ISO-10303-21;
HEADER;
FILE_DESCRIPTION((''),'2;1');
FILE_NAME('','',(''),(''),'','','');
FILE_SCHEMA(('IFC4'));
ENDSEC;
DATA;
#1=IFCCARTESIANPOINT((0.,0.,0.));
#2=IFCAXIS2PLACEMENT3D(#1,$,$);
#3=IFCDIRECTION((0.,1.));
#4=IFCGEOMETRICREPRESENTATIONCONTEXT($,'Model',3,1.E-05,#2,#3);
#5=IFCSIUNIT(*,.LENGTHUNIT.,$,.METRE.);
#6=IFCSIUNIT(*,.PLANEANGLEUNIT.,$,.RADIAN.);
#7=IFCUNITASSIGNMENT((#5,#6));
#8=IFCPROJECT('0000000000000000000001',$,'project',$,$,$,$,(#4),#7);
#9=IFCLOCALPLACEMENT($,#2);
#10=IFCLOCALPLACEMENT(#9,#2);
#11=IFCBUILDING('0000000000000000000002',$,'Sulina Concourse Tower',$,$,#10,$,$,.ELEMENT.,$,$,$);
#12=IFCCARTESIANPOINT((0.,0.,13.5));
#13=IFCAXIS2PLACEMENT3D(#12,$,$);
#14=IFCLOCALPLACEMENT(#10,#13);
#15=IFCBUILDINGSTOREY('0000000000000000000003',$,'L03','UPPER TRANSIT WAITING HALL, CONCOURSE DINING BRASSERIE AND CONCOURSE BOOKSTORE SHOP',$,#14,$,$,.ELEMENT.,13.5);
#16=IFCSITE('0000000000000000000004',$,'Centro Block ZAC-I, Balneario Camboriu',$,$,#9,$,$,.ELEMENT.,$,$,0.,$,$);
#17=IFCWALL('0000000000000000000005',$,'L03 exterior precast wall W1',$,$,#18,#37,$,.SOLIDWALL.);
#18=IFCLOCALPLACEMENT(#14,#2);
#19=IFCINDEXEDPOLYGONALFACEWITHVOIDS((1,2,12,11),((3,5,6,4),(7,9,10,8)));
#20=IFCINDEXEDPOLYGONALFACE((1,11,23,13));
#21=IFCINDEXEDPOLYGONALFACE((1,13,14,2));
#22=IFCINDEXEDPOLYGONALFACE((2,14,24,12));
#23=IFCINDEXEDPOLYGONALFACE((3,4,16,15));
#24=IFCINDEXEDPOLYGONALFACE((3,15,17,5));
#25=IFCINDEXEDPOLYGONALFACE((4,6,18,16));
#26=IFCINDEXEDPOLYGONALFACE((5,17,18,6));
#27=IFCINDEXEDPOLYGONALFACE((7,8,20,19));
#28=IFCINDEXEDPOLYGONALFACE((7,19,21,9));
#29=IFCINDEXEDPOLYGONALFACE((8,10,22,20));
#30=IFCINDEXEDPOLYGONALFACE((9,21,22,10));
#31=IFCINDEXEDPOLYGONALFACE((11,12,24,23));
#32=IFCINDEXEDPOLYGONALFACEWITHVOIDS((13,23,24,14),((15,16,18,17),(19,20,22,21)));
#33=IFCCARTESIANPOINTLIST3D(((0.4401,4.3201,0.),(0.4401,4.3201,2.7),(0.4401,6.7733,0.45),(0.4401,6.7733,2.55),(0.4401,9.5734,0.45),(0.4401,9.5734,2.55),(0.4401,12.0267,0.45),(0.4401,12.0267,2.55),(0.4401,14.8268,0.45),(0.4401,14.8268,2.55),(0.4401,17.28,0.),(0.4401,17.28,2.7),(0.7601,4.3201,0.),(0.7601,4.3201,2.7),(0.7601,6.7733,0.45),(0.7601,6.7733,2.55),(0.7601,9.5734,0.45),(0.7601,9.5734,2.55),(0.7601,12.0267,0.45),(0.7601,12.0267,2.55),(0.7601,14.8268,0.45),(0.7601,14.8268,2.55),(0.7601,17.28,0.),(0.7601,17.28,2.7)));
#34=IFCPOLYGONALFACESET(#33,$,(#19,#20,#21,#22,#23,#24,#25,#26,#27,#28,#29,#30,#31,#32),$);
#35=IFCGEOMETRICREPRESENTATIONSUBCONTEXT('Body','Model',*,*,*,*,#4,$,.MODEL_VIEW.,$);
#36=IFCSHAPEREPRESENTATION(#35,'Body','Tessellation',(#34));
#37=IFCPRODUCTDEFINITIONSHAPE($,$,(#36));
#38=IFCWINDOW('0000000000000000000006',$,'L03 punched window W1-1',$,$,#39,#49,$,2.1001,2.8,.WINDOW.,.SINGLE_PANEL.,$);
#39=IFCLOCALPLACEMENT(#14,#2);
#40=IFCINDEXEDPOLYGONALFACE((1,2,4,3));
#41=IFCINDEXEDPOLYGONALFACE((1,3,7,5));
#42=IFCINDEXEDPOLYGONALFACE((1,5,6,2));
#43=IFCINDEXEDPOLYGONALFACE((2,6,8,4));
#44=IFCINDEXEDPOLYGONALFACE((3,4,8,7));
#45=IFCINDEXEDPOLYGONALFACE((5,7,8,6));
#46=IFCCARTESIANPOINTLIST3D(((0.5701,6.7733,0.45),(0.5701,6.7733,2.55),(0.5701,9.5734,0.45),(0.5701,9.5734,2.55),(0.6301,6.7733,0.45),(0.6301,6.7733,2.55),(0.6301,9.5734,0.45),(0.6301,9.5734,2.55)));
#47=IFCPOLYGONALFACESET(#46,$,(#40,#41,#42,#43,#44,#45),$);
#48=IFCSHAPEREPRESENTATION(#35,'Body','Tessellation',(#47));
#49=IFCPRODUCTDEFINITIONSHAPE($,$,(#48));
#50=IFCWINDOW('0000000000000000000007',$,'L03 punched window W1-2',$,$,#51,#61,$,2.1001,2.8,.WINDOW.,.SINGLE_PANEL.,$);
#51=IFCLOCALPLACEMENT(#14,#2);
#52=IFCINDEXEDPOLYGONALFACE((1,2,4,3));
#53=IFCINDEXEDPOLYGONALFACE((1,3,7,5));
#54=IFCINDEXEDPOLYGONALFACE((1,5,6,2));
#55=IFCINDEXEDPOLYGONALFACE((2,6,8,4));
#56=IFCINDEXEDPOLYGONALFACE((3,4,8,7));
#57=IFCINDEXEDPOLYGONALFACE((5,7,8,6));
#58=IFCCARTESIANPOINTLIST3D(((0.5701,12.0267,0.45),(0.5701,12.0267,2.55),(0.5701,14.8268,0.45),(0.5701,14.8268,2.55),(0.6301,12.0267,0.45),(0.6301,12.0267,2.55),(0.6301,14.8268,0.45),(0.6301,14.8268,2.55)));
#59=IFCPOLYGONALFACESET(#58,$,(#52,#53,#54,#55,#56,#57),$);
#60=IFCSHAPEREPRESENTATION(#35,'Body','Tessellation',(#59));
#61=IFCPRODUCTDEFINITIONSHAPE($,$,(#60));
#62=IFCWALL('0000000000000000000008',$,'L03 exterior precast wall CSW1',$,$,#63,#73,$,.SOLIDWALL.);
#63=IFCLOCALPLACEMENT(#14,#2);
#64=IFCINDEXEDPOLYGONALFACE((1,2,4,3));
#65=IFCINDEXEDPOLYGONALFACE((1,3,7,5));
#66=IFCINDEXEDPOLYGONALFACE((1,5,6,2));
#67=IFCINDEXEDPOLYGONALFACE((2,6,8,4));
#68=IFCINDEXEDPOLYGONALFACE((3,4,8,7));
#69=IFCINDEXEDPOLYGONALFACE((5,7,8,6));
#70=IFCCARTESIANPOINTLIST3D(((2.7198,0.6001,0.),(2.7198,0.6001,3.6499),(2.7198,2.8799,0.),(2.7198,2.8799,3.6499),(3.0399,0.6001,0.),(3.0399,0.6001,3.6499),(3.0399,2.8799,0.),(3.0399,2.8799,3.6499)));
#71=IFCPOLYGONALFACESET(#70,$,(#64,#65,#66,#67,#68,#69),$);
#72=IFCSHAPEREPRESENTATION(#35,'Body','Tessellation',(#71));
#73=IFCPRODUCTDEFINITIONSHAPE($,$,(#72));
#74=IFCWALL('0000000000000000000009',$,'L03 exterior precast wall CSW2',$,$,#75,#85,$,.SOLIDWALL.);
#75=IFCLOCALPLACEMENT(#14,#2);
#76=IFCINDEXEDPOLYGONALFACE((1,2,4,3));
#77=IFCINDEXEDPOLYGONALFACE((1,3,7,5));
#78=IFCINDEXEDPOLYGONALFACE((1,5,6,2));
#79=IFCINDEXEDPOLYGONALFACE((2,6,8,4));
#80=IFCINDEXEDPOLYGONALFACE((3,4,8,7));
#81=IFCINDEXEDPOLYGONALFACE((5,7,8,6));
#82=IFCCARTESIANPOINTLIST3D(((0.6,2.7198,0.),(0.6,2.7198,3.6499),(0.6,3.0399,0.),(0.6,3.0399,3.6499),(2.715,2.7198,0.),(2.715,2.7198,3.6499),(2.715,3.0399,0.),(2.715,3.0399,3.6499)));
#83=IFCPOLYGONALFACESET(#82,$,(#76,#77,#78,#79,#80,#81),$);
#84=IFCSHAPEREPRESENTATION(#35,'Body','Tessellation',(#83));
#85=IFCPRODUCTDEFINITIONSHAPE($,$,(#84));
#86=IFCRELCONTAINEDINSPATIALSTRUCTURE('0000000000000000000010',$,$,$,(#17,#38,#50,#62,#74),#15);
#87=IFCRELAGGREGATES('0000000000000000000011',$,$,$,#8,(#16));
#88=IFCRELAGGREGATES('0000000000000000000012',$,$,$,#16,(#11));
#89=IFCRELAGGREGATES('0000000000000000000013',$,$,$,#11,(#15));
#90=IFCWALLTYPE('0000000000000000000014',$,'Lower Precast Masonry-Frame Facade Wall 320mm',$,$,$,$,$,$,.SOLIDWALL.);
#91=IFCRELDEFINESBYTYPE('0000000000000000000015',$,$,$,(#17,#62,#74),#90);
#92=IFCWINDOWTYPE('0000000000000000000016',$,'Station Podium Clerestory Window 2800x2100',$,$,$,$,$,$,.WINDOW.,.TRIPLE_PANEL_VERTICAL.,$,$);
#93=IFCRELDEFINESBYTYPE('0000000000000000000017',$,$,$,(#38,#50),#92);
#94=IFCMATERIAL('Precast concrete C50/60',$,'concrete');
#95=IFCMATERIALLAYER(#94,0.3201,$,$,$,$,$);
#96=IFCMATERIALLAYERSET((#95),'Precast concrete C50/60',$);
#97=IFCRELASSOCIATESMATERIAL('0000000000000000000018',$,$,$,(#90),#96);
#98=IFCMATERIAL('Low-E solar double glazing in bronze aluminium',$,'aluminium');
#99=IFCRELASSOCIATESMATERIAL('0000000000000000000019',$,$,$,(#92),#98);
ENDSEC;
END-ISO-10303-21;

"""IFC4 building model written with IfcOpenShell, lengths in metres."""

from ifc_helpers import new_model, si_unit, direction, frame, frame_2d, origin, place, context, subcontext, project, spatial, rectangle, extrude, material, layer, layer_set, type_object, element, fill, save


model = new_model("IFC4")

# Units and contexts
model_context = context("Model", 3, precision=1e-05, world=origin(), true_north=direction((0.0, 1.0)))
body_context = subcontext(model_context, "Body", "Model", "MODEL_VIEW")
ifc_project = project(units=[si_unit("LENGTHUNIT", "METRE"), si_unit("PLANEANGLEUNIT", "RADIAN")], contexts=[model_context])

# Site, building, storey
site_placement = place(None, origin())
site = spatial("IfcSite", under=ifc_project, at=site_placement, Name="Centro Block ZAC-I, Balneario Camboriu", CompositionType="ELEMENT", RefElevation=0.0)
building_placement = place(site_placement, origin())
building = spatial("IfcBuilding", under=site, at=building_placement, Name="Sulina Concourse Tower", CompositionType="ELEMENT")
storey_placement = place(building_placement, frame((0.0, 0.0, 13.5)))
storey = spatial("IfcBuildingStorey", under=building, at=storey_placement, Name="L03", Description="UPPER TRANSIT WAITING HALL, CONCOURSE DINING BRASSERIE AND CONCOURSE BOOKSTORE SHOP", CompositionType="ELEMENT", Elevation=13.5)

# Shared definitions
ifc_material_1 = material(Name="Precast concrete C50/60", Category="concrete")
ifc_layer_1 = layer(ifc_material_1, 0.3201)
ifc_layer_set_1 = layer_set([ifc_layer_1], Name="Precast concrete C50/60")
wall_type_1 = type_object("IfcWallType", Name="Lower Precast Masonry-Frame Facade Wall 320mm", PredefinedType="SOLIDWALL", material=ifc_layer_set_1)

# Wall, openings, windows
wall_1_placement = place(storey_placement, frame((0.6001, 4.3201, 0.0), z_axis=(0.0, 0.0, 1.0), x_axis=(0.0, 1.0, 0.0)))
wall_1 = element("IfcWall", 1, at=wall_1_placement, inside=storey, type_object=wall_type_1, Name="L03 exterior precast wall W1", PredefinedType="SOLIDWALL", context=body_context, shape_type="SweptSolid", body=[
    extrude(rectangle(XDim=12.96, YDim=0.3201, at=frame_2d((6.48, 0.0))), origin(), (0.0, 0.0, 1.0), 2.7),
])
opening_1_placement = place(wall_1_placement, frame((2.4534, 0.0, 0.45)))
opening_1 = element("IfcOpeningElement", 2, at=opening_1_placement, cuts=wall_1, PredefinedType="OPENING", context=body_context, shape_type="SweptSolid", body=[
    extrude(rectangle(XDim=2.8, YDim=2.1001, at=frame_2d((1.3999, 1.05))), frame((0.0, 0.1699, 0.0), z_axis=(0.0, -1.0, 0.0), x_axis=(1.0, 0.0, 0.0)), (0.0, 0.0, 1.0), 0.3401),
])
opening_2_placement = place(wall_1_placement, frame((7.7068, 0.0, 0.45)))
opening_2 = element("IfcOpeningElement", 3, at=opening_2_placement, cuts=wall_1, PredefinedType="OPENING", context=body_context, shape_type="SweptSolid", body=[
    extrude(rectangle(XDim=2.8, YDim=2.1001, at=frame_2d((1.3999, 1.05))), frame((0.0, 0.1699, 0.0), z_axis=(0.0, -1.0, 0.0), x_axis=(1.0, 0.0, 0.0)), (0.0, 0.0, 1.0), 0.3401),
])
ifc_material_2 = material(Name="Low-E solar double glazing in bronze aluminium", Category="aluminium")
window_type = type_object("IfcWindowType", Name="Station Podium Clerestory Window 2800x2100", PartitioningType="TRIPLE_PANEL_VERTICAL", PredefinedType="WINDOW", material=ifc_material_2)
window_1_placement = place(opening_1_placement, origin())
window_1 = element("IfcWindow", 4, at=window_1_placement, inside=storey, type_object=window_type, Name="L03 punched window W1-1", OverallHeight=2.1001, OverallWidth=2.8, PartitioningType="SINGLE_PANEL", PredefinedType="WINDOW", context=body_context, shape_type="SweptSolid", body=[
    extrude(rectangle(XDim=2.8, YDim=2.1001, at=frame_2d((1.3999, 1.05))), frame((0.0, 0.03, 0.0), z_axis=(0.0, -1.0, 0.0), x_axis=(1.0, 0.0, 0.0)), (0.0, 0.0, 1.0), 0.0601),
])
fill(opening_1, window_1)
window_2_placement = place(opening_2_placement, origin())
window_2 = element("IfcWindow", 5, at=window_2_placement, inside=storey, type_object=window_type, Name="L03 punched window W1-2", OverallHeight=2.1001, OverallWidth=2.8, PartitioningType="SINGLE_PANEL", PredefinedType="WINDOW", context=body_context, shape_type="SweptSolid", body=[
    extrude(rectangle(XDim=2.8, YDim=2.1001, at=frame_2d((1.3999, 1.05))), frame((0.0, 0.03, 0.0), z_axis=(0.0, -1.0, 0.0), x_axis=(1.0, 0.0, 0.0)), (0.0, 0.0, 1.0), 0.0601),
])
fill(opening_2, window_2)

# Walls
wall_2_placement = place(storey_placement, frame((2.8799, 0.6001, 0.0), z_axis=(0.0, 0.0, 1.0), x_axis=(0.0, 1.0, 0.0)))
element("IfcWall", 6, at=wall_2_placement, inside=storey, type_object=wall_type_1, Name="L03 exterior precast wall CSW1", PredefinedType="SOLIDWALL", context=body_context, shape_type="SweptSolid", body=[
    extrude(rectangle(XDim=2.2798, YDim=0.3201, at=frame_2d((1.1399, 0.0))), origin(), (0.0, 0.0, 1.0), 3.6499),
])
wall_3_placement = place(storey_placement, frame((2.7151, 2.8799, 0.0), z_axis=(0.0, 0.0, 1.0), x_axis=(-1.0, 0.0, 0.0)))
element("IfcWall", 7, at=wall_3_placement, inside=storey, type_object=wall_type_1, Name="L03 exterior precast wall CSW2", PredefinedType="SOLIDWALL", context=body_context, shape_type="SweptSolid", body=[
    extrude(rectangle(XDim=2.115, YDim=0.3201, at=frame_2d((1.0576, 0.0))), origin(), (0.0, 0.0, 1.0), 3.6499),
])

save(model, "model.ifc")
